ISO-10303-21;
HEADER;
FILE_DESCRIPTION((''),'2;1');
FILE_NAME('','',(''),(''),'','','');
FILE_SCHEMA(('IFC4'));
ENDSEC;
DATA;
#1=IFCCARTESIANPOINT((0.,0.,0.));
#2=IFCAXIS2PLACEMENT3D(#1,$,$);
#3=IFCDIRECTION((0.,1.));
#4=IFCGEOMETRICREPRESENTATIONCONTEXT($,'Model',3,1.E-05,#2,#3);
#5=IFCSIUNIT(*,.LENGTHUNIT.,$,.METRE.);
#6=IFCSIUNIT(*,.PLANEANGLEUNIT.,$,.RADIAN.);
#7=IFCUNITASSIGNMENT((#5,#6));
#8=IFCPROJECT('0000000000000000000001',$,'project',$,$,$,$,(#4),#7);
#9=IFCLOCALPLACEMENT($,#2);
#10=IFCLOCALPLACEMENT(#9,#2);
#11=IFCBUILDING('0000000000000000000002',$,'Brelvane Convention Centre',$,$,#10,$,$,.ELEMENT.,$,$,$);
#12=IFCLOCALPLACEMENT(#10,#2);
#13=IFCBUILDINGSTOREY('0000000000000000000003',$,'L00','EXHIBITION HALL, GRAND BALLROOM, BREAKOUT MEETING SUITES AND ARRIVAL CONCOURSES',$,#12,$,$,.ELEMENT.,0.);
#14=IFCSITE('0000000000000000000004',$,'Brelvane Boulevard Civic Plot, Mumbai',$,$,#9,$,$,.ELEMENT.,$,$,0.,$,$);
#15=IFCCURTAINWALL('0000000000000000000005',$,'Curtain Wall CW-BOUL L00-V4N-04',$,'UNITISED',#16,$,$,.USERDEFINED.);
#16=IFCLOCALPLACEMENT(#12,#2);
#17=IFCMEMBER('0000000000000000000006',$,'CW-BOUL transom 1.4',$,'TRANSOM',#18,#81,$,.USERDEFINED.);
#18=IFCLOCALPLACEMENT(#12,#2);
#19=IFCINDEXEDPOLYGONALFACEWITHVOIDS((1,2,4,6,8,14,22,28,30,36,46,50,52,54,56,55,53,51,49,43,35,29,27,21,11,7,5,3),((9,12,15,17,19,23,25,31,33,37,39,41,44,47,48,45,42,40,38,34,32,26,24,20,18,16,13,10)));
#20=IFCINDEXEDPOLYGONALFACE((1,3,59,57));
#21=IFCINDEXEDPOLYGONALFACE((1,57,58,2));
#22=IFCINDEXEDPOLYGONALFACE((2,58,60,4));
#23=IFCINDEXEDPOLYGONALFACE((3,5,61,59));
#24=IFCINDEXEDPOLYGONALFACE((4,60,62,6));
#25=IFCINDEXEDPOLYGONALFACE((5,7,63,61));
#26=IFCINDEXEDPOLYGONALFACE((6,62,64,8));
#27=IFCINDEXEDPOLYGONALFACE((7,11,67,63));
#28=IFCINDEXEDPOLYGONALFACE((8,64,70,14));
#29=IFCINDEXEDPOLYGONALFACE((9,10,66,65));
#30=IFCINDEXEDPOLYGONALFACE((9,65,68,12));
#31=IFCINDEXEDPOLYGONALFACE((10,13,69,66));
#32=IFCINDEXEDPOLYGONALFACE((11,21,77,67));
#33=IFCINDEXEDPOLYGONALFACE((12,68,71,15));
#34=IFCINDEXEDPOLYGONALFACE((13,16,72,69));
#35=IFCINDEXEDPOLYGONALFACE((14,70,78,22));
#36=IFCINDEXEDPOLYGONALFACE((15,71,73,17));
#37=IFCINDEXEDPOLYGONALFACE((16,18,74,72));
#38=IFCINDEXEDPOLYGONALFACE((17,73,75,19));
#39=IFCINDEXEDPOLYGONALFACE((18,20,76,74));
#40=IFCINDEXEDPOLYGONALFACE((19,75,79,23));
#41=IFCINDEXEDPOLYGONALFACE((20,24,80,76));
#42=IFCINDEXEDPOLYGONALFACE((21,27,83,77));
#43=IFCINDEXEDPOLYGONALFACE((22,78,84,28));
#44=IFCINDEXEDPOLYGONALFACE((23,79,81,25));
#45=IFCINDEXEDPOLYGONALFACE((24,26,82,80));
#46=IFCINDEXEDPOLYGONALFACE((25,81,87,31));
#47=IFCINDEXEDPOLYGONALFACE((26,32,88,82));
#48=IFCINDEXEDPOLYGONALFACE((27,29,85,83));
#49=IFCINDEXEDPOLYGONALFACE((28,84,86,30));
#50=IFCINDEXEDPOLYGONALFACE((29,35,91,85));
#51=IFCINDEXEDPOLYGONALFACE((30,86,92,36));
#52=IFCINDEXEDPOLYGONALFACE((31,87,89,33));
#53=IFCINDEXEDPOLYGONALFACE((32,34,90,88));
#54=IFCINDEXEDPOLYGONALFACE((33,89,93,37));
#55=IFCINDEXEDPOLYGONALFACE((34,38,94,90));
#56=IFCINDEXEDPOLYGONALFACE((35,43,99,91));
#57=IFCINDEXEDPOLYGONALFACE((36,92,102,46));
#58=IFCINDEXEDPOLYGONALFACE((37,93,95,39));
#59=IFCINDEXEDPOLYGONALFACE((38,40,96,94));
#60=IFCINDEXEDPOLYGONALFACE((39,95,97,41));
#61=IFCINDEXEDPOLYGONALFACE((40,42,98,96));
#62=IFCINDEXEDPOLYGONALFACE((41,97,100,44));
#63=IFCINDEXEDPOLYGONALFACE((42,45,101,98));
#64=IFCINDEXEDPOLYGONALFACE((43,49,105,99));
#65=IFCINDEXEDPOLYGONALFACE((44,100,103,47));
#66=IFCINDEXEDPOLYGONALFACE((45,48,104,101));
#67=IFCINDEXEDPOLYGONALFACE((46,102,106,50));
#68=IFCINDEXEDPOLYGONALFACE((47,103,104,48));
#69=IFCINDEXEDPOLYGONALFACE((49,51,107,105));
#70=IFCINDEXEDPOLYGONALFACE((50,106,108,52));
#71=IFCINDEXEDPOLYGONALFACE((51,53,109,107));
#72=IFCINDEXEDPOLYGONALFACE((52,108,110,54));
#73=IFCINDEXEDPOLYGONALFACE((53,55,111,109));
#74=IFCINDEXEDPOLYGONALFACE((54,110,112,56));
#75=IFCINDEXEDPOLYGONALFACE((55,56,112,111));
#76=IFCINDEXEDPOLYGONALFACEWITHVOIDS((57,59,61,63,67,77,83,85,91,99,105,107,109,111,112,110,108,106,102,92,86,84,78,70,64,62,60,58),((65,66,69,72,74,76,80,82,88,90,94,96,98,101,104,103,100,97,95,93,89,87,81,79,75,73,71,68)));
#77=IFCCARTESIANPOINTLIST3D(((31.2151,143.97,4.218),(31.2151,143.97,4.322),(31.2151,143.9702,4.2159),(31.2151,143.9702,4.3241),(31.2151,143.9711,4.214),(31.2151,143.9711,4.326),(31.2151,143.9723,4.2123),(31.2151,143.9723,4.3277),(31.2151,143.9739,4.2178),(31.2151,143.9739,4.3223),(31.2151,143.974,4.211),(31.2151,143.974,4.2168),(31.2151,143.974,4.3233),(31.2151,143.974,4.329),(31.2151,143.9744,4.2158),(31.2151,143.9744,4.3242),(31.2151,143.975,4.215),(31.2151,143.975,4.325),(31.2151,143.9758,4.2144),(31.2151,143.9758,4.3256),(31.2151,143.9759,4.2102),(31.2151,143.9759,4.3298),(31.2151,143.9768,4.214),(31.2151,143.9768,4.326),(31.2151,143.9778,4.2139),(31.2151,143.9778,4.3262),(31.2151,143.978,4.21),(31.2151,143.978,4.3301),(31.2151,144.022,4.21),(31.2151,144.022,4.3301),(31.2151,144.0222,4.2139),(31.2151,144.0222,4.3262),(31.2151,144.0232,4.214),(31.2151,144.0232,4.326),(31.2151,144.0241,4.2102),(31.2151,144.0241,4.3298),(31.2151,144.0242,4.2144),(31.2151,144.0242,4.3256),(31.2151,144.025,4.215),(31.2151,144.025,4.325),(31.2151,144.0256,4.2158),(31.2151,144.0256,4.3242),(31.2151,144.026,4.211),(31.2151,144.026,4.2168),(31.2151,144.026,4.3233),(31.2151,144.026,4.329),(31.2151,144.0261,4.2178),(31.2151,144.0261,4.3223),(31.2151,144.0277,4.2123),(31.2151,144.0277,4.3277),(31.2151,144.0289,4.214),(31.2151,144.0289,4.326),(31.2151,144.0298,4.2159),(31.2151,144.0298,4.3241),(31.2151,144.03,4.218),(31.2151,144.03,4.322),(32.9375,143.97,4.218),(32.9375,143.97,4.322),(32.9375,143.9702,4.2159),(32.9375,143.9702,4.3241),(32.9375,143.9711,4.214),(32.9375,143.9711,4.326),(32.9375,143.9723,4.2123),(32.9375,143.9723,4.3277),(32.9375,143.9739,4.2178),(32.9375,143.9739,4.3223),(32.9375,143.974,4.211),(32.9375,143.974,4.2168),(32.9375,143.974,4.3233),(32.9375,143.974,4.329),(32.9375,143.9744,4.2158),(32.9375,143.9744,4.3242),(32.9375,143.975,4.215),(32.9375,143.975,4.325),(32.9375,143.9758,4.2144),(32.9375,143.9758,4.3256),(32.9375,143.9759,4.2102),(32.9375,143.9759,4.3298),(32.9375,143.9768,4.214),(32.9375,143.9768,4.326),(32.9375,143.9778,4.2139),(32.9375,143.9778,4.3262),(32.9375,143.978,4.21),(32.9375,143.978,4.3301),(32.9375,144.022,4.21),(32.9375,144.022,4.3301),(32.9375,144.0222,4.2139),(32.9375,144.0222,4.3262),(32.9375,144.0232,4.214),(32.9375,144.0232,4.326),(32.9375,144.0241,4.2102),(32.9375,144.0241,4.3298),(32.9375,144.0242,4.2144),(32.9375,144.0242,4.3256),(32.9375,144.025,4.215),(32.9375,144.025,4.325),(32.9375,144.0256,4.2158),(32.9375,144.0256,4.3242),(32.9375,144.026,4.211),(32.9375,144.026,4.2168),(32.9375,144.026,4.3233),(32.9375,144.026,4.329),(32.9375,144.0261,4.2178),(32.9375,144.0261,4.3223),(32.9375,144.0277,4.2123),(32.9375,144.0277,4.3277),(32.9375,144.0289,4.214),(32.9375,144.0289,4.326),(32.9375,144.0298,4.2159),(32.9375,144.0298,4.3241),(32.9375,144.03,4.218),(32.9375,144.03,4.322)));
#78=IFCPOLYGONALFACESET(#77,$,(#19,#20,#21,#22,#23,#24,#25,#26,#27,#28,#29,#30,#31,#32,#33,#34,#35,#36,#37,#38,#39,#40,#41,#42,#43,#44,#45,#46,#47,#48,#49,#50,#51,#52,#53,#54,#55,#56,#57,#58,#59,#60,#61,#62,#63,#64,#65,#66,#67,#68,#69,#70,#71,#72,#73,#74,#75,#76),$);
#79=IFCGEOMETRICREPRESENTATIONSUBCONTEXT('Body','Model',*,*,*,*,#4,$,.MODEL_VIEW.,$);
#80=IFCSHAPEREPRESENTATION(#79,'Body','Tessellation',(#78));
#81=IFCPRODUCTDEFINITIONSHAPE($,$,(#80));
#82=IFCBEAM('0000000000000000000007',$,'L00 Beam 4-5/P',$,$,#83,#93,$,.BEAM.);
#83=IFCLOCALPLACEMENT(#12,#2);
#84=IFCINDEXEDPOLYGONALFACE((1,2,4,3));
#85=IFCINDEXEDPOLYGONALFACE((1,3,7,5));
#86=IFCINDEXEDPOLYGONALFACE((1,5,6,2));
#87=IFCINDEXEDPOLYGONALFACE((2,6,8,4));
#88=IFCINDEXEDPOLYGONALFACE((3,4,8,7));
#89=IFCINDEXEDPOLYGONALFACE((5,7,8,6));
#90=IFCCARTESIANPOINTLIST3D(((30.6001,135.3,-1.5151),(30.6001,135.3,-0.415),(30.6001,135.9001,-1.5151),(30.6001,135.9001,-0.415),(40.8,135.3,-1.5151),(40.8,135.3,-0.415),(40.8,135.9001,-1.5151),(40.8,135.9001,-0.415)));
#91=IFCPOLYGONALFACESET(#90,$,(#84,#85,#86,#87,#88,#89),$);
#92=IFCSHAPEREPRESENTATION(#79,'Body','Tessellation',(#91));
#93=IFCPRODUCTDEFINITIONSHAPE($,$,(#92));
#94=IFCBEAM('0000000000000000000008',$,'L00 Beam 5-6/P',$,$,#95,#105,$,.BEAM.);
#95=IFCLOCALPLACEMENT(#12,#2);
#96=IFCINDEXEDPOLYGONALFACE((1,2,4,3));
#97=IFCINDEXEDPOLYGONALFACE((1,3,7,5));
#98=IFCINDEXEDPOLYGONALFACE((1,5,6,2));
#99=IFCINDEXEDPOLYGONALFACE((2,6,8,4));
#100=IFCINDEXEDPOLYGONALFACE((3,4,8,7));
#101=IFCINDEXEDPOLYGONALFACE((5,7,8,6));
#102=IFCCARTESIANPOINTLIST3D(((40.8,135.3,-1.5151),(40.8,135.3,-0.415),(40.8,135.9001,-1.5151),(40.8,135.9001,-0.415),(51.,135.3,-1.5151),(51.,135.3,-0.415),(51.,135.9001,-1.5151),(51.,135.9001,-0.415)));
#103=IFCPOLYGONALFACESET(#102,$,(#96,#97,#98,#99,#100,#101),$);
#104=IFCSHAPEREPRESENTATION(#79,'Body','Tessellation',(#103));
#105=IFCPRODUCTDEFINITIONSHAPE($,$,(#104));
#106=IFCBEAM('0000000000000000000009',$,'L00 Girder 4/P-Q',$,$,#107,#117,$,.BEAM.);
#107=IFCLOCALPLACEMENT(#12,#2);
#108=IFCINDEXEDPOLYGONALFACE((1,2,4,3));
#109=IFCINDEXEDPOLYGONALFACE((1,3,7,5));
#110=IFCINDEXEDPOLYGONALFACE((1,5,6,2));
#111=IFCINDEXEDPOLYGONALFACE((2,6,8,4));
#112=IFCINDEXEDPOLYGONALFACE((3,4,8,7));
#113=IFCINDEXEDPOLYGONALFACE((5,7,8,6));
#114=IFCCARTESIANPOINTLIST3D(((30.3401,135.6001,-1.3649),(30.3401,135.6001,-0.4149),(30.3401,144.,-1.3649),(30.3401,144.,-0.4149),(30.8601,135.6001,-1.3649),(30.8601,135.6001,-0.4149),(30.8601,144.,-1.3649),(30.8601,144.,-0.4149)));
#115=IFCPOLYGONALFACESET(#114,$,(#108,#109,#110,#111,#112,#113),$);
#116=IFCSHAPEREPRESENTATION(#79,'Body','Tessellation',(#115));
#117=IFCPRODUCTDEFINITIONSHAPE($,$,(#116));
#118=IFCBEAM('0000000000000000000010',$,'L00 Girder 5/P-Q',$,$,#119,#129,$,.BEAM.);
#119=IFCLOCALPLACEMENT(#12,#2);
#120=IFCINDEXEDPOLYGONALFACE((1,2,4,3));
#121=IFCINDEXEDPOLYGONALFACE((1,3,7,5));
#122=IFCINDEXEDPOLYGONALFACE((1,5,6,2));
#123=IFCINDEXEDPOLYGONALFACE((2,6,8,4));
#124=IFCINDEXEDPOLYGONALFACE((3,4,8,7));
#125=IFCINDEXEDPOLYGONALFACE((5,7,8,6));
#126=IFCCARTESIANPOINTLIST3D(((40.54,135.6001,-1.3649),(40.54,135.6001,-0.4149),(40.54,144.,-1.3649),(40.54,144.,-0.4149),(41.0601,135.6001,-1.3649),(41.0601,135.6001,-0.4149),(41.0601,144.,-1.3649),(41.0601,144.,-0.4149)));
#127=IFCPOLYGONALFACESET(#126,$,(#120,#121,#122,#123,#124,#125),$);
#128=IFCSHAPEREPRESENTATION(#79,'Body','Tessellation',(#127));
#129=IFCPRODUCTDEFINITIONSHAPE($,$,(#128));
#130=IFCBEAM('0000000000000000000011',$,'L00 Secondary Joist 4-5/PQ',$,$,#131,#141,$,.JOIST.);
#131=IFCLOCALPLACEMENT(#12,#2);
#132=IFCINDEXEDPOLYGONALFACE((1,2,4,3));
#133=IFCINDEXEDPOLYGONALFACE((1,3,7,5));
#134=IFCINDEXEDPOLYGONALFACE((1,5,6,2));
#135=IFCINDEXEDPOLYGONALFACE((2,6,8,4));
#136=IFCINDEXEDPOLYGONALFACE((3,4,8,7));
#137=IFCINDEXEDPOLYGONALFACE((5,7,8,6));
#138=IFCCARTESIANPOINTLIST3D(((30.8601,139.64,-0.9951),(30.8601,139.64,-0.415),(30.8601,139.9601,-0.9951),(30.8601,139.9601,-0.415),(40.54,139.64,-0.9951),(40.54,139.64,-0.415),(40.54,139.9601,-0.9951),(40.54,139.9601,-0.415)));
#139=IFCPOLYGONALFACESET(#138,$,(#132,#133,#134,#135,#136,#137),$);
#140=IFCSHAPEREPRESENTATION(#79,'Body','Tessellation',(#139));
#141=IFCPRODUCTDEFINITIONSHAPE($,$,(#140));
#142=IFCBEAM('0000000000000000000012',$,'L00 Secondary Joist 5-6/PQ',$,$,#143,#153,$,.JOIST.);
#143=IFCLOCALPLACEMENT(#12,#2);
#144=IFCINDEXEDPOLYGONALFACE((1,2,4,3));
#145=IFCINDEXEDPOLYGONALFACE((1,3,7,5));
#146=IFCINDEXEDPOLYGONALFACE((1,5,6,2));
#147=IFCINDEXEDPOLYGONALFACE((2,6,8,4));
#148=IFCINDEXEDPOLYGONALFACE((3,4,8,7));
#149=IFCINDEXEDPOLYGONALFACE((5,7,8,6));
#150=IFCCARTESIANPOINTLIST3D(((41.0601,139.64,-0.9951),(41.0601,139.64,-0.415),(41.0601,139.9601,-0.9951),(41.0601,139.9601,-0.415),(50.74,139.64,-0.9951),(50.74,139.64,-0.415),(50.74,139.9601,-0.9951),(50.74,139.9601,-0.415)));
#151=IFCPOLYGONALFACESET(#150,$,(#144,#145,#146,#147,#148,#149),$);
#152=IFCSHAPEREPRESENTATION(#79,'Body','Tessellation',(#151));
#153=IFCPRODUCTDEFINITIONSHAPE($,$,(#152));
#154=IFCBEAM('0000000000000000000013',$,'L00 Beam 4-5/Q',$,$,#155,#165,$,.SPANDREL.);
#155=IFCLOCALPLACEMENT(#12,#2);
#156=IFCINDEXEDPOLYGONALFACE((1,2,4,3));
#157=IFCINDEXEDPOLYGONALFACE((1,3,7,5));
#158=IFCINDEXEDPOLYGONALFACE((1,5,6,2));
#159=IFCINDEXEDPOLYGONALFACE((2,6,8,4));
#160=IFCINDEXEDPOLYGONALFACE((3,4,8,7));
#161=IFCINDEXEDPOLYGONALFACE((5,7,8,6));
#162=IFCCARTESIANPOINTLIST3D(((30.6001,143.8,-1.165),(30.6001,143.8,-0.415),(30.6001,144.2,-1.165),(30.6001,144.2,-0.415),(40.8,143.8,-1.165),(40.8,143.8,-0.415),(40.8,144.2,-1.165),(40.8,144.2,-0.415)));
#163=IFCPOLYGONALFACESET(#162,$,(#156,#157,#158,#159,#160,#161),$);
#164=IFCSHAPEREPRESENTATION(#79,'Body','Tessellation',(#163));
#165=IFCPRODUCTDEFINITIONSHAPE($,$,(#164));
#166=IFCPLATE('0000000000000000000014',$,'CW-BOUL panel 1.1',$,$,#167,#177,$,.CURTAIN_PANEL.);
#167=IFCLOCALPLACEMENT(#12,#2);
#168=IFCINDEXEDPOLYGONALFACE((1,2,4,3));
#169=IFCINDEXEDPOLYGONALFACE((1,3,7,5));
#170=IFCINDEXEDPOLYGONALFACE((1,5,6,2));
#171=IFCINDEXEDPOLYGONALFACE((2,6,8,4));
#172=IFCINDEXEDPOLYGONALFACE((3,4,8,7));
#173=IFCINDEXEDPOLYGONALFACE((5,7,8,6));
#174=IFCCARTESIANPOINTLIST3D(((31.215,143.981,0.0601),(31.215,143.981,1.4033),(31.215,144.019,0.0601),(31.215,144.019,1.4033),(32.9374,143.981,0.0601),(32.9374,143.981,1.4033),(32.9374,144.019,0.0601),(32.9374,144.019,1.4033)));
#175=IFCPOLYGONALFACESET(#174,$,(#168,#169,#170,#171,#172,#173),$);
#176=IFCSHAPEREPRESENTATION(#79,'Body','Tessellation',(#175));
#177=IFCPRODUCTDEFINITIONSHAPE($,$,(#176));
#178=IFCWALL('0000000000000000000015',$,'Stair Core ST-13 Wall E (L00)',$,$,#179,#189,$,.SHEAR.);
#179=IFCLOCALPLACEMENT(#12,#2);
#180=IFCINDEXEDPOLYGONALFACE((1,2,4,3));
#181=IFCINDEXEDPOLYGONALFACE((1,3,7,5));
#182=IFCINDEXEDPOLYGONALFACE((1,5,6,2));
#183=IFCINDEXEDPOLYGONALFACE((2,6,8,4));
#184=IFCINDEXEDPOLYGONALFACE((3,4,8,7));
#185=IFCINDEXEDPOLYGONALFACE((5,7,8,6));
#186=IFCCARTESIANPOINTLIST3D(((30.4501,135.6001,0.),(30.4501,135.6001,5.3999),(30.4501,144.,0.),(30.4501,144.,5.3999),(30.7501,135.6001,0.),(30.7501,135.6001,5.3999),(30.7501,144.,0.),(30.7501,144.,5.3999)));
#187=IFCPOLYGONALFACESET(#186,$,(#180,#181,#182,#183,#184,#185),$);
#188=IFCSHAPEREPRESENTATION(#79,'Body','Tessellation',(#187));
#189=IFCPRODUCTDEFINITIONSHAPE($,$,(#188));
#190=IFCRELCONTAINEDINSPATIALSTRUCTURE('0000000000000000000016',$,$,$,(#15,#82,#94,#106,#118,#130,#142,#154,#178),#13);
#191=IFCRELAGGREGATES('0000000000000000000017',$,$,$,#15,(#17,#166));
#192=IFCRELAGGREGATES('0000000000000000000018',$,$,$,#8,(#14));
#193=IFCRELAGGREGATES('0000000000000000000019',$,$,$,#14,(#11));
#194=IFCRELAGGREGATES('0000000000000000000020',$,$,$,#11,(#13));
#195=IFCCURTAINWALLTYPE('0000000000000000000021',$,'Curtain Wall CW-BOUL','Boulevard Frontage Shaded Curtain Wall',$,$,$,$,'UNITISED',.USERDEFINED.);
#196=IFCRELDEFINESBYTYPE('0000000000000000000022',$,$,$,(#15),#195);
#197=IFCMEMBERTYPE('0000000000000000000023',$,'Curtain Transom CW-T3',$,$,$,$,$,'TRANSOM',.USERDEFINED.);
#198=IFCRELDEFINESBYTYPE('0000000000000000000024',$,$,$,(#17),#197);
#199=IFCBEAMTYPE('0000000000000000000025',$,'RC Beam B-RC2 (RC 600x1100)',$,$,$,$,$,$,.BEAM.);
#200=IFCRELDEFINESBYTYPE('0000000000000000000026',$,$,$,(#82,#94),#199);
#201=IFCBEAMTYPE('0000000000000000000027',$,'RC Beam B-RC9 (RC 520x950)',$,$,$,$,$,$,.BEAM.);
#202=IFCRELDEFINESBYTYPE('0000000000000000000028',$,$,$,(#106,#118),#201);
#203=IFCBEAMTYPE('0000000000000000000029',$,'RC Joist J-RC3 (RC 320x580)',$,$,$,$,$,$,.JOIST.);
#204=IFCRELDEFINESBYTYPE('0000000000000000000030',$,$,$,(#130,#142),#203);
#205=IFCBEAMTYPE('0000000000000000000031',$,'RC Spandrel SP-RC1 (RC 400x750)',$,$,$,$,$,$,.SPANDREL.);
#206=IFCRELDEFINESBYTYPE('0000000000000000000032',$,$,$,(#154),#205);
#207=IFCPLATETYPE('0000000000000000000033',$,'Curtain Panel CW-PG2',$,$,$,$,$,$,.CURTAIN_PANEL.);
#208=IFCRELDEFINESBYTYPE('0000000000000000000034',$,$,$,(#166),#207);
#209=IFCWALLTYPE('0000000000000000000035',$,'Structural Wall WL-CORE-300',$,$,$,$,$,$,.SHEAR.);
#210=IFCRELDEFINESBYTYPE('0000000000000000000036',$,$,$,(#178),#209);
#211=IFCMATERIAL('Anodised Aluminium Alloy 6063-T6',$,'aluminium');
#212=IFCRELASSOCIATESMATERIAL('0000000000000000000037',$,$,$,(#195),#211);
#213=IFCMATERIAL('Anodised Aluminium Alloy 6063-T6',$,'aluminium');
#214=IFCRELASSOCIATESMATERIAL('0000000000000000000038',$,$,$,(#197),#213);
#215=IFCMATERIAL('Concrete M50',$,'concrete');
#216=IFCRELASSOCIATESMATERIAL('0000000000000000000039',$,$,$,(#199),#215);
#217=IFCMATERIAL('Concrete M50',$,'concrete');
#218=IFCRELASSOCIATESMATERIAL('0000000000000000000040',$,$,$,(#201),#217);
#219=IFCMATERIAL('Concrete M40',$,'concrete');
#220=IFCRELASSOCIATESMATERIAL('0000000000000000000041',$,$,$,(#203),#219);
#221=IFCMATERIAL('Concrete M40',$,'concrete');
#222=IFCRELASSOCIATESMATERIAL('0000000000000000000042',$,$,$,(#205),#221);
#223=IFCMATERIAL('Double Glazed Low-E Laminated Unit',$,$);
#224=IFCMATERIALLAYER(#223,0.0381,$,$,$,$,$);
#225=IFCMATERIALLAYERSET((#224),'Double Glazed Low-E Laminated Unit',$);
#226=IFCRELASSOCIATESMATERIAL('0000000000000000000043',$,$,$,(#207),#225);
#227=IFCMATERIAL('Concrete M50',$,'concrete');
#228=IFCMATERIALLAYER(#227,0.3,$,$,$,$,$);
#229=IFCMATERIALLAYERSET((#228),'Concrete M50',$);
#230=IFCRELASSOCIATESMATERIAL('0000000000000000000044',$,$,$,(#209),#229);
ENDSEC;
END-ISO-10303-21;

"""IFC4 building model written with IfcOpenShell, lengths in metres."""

from ifc_helpers import new_model, si_unit, direction, frame, frame_2d, origin, origin_2d, place, context, subcontext, project, spatial, rectangle, hollow_rectangle, extrude, material, layer, layer_set, material_profile, profile_set, type_object, element, aggregate, save


model = new_model("IFC4")

# Units and contexts
model_context = context("Model", 3, precision=1e-05, world=origin(), true_north=direction((0.0, 1.0)))
body_context = subcontext(model_context, "Body", "Model", "MODEL_VIEW")
ifc_project = project(units=[si_unit("LENGTHUNIT", "METRE"), si_unit("PLANEANGLEUNIT", "RADIAN")], contexts=[model_context])

# Site, building, storey
site_placement = place(None, origin())
site = spatial("IfcSite", under=ifc_project, at=site_placement, Name="Brelvane Boulevard Civic Plot, Mumbai", CompositionType="ELEMENT", RefElevation=0.0)
building_placement = place(site_placement, origin())
building = spatial("IfcBuilding", under=site, at=building_placement, Name="Brelvane Convention Centre", CompositionType="ELEMENT")
storey_placement = place(building_placement, origin())
storey = spatial("IfcBuildingStorey", under=building, at=storey_placement, Name="L00", Description="EXHIBITION HALL, GRAND BALLROOM, BREAKOUT MEETING SUITES AND ARRIVAL CONCOURSES", CompositionType="ELEMENT", Elevation=0.0)

# Curtain wall, member
ifc_material_1 = material(Name="Anodised Aluminium Alloy 6063-T6", Category="aluminium")
curtain_wall_type = type_object("IfcCurtainWallType", Name="Curtain Wall CW-BOUL", Description="Boulevard Frontage Shaded Curtain Wall", ElementType="UNITISED", PredefinedType="USERDEFINED", material=ifc_material_1)
curtain_wall_placement = place(storey_placement, origin())
curtain_wall = element("IfcCurtainWall", 1, at=curtain_wall_placement, inside=storey, type_object=curtain_wall_type, Name="Curtain Wall CW-BOUL L00-V4N-04", ObjectType="UNITISED", PredefinedType="USERDEFINED")
ifc_material_2 = material(Name="Anodised Aluminium Alloy 6063-T6", Category="aluminium")
ifc_material_profile_1 = material_profile(ifc_material_2, hollow_rectangle(XDim=0.0601, YDim=0.1201, WallThickness=0.0039, InnerFilletRadius=0.0039, OuterFilletRadius=0.0081, at=origin_2d()), Name="ALU-T 120x60x4.0")
ifc_profile_set_1 = profile_set([ifc_material_profile_1], Name="Anodised Aluminium Alloy 6063-T6")
member_type_1 = type_object("IfcMemberType", Name="Curtain Transom CW-T3", ElementType="TRANSOM", PredefinedType="USERDEFINED", material=ifc_profile_set_1)
member_1_placement = place(storey_placement, frame((31.2151, 144.0, 4.27), z_axis=(1.0, 0.0, 0.0), x_axis=(0.0, 1.0, 0.0)))
member_1 = element("IfcMember", 2, at=member_1_placement, type_object=member_type_1, Name="CW-BOUL transom 1.4", ObjectType="TRANSOM", PredefinedType="USERDEFINED", context=body_context, shape_type="SweptSolid", body=[
    extrude(hollow_rectangle(XDim=0.0601, YDim=0.1201, WallThickness=0.0039, InnerFilletRadius=0.0039, OuterFilletRadius=0.0081, at=origin_2d()), origin(), (0.0, 0.0, 1.0), 1.7224),
])

# Beams
ifc_material_3 = material(Name="Concrete M50", Category="concrete")
ifc_material_profile_2 = material_profile(ifc_material_3, rectangle(XDim=0.6001, YDim=1.1001, at=origin_2d()), Name="RC 600x1100")
ifc_profile_set_2 = profile_set([ifc_material_profile_2], Name="Concrete M50")
beam_type_1 = type_object("IfcBeamType", Name="RC Beam B-RC2 (RC 600x1100)", PredefinedType="BEAM", material=ifc_profile_set_2)
for number, where, z_axis, x_axis, name in (
    (3, (30.6001, 135.6001, -0.9651), (1.0, 0.0, 0.0), (0.0, 1.0, 0.0), "L00 Beam 4-5/P"),
    (4, (40.8, 135.6001, -0.9651), (1.0, 0.0, 0.0), (0.0, 1.0, 0.0), "L00 Beam 5-6/P"),
):
    element("IfcBeam", number, at=place(storey_placement, frame(where, z_axis=z_axis, x_axis=x_axis)), inside=storey, type_object=beam_type_1, Name=name, PredefinedType="BEAM", context=body_context, shape_type="SweptSolid", body=[
        extrude(rectangle(XDim=0.6001, YDim=1.1001, at=origin_2d()), origin(), (0.0, 0.0, 1.0), 10.2),
    ])
ifc_material_4 = material(Name="Concrete M50", Category="concrete")
ifc_material_profile_3 = material_profile(ifc_material_4, rectangle(XDim=0.52, YDim=0.95, at=origin_2d()), Name="RC 520x950")
ifc_profile_set_3 = profile_set([ifc_material_profile_3], Name="Concrete M50")
beam_type_2 = type_object("IfcBeamType", Name="RC Beam B-RC9 (RC 520x950)", PredefinedType="BEAM", material=ifc_profile_set_3)
for number, where, z_axis, x_axis, name in (
    (5, (30.6001, 135.6001, -0.8899), (0.0, 1.0, 0.0), (-1.0, 0.0, 0.0), "L00 Girder 4/P-Q"),
    (6, (40.8, 135.6001, -0.8899), (0.0, 1.0, 0.0), (-1.0, 0.0, 0.0), "L00 Girder 5/P-Q"),
):
    element("IfcBeam", number, at=place(storey_placement, frame(where, z_axis=z_axis, x_axis=x_axis)), inside=storey, type_object=beam_type_2, Name=name, PredefinedType="BEAM", context=body_context, shape_type="SweptSolid", body=[
        extrude(rectangle(XDim=0.52, YDim=0.95, at=origin_2d()), origin(), (0.0, 0.0, 1.0), 8.3999),
    ])
ifc_material_5 = material(Name="Concrete M40", Category="concrete")
ifc_material_profile_4 = material_profile(ifc_material_5, rectangle(XDim=0.3201, YDim=0.5801, at=origin_2d()), Name="RC 320x580")
ifc_profile_set_4 = profile_set([ifc_material_profile_4], Name="Concrete M40")
beam_type_3 = type_object("IfcBeamType", Name="RC Joist J-RC3 (RC 320x580)", PredefinedType="JOIST", material=ifc_profile_set_4)
for number, where, z_axis, x_axis, name in (
    (7, (30.8601, 139.8, -0.7051), (1.0, 0.0, 0.0), (0.0, 1.0, 0.0), "L00 Secondary Joist 4-5/PQ"),
    (8, (41.0601, 139.8, -0.7051), (1.0, 0.0, 0.0), (0.0, 1.0, 0.0), "L00 Secondary Joist 5-6/PQ"),
):
    element("IfcBeam", number, at=place(storey_placement, frame(where, z_axis=z_axis, x_axis=x_axis)), inside=storey, type_object=beam_type_3, Name=name, PredefinedType="JOIST", context=body_context, shape_type="SweptSolid", body=[
        extrude(rectangle(XDim=0.3201, YDim=0.5801, at=origin_2d()), origin(), (0.0, 0.0, 1.0), 9.6799),
    ])
ifc_material_6 = material(Name="Concrete M40", Category="concrete")
ifc_material_profile_5 = material_profile(ifc_material_6, rectangle(XDim=0.3999, YDim=0.75, at=origin_2d()), Name="RC 400x750")
ifc_profile_set_5 = profile_set([ifc_material_profile_5], Name="Concrete M40")
beam_type_4 = type_object("IfcBeamType", Name="RC Spandrel SP-RC1 (RC 400x750)", PredefinedType="SPANDREL", material=ifc_profile_set_5)
beam_placement = place(storey_placement, frame((30.6001, 144.0, -0.79), z_axis=(1.0, 0.0, 0.0), x_axis=(0.0, 1.0, 0.0)))
element("IfcBeam", 9, at=beam_placement, inside=storey, type_object=beam_type_4, Name="L00 Beam 4-5/Q", PredefinedType="SPANDREL", context=body_context, shape_type="SweptSolid", body=[
    extrude(rectangle(XDim=0.3999, YDim=0.75, at=origin_2d()), origin(), (0.0, 0.0, 1.0), 10.2),
])

# Plate
ifc_material_7 = material(Name="Double Glazed Low-E Laminated Unit")
ifc_layer_1 = layer(ifc_material_7, 0.0381)
ifc_layer_set_1 = layer_set([ifc_layer_1], Name="Double Glazed Low-E Laminated Unit")
plate_type = type_object("IfcPlateType", Name="Curtain Panel CW-PG2", PredefinedType="CURTAIN_PANEL", material=ifc_layer_set_1)
plate_placement = place(storey_placement, frame((32.0762, 144.0, 0.0601), z_axis=(0.0, 0.0, 1.0), x_axis=(1.0, 0.0, 0.0)))
plate = element("IfcPlate", 10, at=plate_placement, type_object=plate_type, Name="CW-BOUL panel 1.1", PredefinedType="CURTAIN_PANEL", context=body_context, shape_type="SweptSolid", body=[
    extrude(rectangle(XDim=1.7224, YDim=0.0381, at=origin_2d()), origin(), (0.0, 0.0, 1.0), 1.3433),
])
aggregate(curtain_wall, [member_1, plate])

# Wall
ifc_material_8 = material(Name="Concrete M50", Category="concrete")
ifc_layer_2 = layer(ifc_material_8, 0.3)
ifc_layer_set_2 = layer_set([ifc_layer_2], Name="Concrete M50")
wall_type = type_object("IfcWallType", Name="Structural Wall WL-CORE-300", PredefinedType="SHEAR", material=ifc_layer_set_2)
wall_placement = place(storey_placement, frame((30.6001, 135.6001, 0.0), z_axis=(0.0, 0.0, 1.0), x_axis=(0.0, 1.0, 0.0)))
element("IfcWall", 11, at=wall_placement, inside=storey, type_object=wall_type, Name="Stair Core ST-13 Wall E (L00)", PredefinedType="SHEAR", context=body_context, shape_type="SweptSolid", body=[
    extrude(rectangle(XDim=8.3999, YDim=0.3, at=frame_2d((4.2, 0.0))), origin(), (0.0, 0.0, 1.0), 5.3999),
])

save(model, "model.ifc")
